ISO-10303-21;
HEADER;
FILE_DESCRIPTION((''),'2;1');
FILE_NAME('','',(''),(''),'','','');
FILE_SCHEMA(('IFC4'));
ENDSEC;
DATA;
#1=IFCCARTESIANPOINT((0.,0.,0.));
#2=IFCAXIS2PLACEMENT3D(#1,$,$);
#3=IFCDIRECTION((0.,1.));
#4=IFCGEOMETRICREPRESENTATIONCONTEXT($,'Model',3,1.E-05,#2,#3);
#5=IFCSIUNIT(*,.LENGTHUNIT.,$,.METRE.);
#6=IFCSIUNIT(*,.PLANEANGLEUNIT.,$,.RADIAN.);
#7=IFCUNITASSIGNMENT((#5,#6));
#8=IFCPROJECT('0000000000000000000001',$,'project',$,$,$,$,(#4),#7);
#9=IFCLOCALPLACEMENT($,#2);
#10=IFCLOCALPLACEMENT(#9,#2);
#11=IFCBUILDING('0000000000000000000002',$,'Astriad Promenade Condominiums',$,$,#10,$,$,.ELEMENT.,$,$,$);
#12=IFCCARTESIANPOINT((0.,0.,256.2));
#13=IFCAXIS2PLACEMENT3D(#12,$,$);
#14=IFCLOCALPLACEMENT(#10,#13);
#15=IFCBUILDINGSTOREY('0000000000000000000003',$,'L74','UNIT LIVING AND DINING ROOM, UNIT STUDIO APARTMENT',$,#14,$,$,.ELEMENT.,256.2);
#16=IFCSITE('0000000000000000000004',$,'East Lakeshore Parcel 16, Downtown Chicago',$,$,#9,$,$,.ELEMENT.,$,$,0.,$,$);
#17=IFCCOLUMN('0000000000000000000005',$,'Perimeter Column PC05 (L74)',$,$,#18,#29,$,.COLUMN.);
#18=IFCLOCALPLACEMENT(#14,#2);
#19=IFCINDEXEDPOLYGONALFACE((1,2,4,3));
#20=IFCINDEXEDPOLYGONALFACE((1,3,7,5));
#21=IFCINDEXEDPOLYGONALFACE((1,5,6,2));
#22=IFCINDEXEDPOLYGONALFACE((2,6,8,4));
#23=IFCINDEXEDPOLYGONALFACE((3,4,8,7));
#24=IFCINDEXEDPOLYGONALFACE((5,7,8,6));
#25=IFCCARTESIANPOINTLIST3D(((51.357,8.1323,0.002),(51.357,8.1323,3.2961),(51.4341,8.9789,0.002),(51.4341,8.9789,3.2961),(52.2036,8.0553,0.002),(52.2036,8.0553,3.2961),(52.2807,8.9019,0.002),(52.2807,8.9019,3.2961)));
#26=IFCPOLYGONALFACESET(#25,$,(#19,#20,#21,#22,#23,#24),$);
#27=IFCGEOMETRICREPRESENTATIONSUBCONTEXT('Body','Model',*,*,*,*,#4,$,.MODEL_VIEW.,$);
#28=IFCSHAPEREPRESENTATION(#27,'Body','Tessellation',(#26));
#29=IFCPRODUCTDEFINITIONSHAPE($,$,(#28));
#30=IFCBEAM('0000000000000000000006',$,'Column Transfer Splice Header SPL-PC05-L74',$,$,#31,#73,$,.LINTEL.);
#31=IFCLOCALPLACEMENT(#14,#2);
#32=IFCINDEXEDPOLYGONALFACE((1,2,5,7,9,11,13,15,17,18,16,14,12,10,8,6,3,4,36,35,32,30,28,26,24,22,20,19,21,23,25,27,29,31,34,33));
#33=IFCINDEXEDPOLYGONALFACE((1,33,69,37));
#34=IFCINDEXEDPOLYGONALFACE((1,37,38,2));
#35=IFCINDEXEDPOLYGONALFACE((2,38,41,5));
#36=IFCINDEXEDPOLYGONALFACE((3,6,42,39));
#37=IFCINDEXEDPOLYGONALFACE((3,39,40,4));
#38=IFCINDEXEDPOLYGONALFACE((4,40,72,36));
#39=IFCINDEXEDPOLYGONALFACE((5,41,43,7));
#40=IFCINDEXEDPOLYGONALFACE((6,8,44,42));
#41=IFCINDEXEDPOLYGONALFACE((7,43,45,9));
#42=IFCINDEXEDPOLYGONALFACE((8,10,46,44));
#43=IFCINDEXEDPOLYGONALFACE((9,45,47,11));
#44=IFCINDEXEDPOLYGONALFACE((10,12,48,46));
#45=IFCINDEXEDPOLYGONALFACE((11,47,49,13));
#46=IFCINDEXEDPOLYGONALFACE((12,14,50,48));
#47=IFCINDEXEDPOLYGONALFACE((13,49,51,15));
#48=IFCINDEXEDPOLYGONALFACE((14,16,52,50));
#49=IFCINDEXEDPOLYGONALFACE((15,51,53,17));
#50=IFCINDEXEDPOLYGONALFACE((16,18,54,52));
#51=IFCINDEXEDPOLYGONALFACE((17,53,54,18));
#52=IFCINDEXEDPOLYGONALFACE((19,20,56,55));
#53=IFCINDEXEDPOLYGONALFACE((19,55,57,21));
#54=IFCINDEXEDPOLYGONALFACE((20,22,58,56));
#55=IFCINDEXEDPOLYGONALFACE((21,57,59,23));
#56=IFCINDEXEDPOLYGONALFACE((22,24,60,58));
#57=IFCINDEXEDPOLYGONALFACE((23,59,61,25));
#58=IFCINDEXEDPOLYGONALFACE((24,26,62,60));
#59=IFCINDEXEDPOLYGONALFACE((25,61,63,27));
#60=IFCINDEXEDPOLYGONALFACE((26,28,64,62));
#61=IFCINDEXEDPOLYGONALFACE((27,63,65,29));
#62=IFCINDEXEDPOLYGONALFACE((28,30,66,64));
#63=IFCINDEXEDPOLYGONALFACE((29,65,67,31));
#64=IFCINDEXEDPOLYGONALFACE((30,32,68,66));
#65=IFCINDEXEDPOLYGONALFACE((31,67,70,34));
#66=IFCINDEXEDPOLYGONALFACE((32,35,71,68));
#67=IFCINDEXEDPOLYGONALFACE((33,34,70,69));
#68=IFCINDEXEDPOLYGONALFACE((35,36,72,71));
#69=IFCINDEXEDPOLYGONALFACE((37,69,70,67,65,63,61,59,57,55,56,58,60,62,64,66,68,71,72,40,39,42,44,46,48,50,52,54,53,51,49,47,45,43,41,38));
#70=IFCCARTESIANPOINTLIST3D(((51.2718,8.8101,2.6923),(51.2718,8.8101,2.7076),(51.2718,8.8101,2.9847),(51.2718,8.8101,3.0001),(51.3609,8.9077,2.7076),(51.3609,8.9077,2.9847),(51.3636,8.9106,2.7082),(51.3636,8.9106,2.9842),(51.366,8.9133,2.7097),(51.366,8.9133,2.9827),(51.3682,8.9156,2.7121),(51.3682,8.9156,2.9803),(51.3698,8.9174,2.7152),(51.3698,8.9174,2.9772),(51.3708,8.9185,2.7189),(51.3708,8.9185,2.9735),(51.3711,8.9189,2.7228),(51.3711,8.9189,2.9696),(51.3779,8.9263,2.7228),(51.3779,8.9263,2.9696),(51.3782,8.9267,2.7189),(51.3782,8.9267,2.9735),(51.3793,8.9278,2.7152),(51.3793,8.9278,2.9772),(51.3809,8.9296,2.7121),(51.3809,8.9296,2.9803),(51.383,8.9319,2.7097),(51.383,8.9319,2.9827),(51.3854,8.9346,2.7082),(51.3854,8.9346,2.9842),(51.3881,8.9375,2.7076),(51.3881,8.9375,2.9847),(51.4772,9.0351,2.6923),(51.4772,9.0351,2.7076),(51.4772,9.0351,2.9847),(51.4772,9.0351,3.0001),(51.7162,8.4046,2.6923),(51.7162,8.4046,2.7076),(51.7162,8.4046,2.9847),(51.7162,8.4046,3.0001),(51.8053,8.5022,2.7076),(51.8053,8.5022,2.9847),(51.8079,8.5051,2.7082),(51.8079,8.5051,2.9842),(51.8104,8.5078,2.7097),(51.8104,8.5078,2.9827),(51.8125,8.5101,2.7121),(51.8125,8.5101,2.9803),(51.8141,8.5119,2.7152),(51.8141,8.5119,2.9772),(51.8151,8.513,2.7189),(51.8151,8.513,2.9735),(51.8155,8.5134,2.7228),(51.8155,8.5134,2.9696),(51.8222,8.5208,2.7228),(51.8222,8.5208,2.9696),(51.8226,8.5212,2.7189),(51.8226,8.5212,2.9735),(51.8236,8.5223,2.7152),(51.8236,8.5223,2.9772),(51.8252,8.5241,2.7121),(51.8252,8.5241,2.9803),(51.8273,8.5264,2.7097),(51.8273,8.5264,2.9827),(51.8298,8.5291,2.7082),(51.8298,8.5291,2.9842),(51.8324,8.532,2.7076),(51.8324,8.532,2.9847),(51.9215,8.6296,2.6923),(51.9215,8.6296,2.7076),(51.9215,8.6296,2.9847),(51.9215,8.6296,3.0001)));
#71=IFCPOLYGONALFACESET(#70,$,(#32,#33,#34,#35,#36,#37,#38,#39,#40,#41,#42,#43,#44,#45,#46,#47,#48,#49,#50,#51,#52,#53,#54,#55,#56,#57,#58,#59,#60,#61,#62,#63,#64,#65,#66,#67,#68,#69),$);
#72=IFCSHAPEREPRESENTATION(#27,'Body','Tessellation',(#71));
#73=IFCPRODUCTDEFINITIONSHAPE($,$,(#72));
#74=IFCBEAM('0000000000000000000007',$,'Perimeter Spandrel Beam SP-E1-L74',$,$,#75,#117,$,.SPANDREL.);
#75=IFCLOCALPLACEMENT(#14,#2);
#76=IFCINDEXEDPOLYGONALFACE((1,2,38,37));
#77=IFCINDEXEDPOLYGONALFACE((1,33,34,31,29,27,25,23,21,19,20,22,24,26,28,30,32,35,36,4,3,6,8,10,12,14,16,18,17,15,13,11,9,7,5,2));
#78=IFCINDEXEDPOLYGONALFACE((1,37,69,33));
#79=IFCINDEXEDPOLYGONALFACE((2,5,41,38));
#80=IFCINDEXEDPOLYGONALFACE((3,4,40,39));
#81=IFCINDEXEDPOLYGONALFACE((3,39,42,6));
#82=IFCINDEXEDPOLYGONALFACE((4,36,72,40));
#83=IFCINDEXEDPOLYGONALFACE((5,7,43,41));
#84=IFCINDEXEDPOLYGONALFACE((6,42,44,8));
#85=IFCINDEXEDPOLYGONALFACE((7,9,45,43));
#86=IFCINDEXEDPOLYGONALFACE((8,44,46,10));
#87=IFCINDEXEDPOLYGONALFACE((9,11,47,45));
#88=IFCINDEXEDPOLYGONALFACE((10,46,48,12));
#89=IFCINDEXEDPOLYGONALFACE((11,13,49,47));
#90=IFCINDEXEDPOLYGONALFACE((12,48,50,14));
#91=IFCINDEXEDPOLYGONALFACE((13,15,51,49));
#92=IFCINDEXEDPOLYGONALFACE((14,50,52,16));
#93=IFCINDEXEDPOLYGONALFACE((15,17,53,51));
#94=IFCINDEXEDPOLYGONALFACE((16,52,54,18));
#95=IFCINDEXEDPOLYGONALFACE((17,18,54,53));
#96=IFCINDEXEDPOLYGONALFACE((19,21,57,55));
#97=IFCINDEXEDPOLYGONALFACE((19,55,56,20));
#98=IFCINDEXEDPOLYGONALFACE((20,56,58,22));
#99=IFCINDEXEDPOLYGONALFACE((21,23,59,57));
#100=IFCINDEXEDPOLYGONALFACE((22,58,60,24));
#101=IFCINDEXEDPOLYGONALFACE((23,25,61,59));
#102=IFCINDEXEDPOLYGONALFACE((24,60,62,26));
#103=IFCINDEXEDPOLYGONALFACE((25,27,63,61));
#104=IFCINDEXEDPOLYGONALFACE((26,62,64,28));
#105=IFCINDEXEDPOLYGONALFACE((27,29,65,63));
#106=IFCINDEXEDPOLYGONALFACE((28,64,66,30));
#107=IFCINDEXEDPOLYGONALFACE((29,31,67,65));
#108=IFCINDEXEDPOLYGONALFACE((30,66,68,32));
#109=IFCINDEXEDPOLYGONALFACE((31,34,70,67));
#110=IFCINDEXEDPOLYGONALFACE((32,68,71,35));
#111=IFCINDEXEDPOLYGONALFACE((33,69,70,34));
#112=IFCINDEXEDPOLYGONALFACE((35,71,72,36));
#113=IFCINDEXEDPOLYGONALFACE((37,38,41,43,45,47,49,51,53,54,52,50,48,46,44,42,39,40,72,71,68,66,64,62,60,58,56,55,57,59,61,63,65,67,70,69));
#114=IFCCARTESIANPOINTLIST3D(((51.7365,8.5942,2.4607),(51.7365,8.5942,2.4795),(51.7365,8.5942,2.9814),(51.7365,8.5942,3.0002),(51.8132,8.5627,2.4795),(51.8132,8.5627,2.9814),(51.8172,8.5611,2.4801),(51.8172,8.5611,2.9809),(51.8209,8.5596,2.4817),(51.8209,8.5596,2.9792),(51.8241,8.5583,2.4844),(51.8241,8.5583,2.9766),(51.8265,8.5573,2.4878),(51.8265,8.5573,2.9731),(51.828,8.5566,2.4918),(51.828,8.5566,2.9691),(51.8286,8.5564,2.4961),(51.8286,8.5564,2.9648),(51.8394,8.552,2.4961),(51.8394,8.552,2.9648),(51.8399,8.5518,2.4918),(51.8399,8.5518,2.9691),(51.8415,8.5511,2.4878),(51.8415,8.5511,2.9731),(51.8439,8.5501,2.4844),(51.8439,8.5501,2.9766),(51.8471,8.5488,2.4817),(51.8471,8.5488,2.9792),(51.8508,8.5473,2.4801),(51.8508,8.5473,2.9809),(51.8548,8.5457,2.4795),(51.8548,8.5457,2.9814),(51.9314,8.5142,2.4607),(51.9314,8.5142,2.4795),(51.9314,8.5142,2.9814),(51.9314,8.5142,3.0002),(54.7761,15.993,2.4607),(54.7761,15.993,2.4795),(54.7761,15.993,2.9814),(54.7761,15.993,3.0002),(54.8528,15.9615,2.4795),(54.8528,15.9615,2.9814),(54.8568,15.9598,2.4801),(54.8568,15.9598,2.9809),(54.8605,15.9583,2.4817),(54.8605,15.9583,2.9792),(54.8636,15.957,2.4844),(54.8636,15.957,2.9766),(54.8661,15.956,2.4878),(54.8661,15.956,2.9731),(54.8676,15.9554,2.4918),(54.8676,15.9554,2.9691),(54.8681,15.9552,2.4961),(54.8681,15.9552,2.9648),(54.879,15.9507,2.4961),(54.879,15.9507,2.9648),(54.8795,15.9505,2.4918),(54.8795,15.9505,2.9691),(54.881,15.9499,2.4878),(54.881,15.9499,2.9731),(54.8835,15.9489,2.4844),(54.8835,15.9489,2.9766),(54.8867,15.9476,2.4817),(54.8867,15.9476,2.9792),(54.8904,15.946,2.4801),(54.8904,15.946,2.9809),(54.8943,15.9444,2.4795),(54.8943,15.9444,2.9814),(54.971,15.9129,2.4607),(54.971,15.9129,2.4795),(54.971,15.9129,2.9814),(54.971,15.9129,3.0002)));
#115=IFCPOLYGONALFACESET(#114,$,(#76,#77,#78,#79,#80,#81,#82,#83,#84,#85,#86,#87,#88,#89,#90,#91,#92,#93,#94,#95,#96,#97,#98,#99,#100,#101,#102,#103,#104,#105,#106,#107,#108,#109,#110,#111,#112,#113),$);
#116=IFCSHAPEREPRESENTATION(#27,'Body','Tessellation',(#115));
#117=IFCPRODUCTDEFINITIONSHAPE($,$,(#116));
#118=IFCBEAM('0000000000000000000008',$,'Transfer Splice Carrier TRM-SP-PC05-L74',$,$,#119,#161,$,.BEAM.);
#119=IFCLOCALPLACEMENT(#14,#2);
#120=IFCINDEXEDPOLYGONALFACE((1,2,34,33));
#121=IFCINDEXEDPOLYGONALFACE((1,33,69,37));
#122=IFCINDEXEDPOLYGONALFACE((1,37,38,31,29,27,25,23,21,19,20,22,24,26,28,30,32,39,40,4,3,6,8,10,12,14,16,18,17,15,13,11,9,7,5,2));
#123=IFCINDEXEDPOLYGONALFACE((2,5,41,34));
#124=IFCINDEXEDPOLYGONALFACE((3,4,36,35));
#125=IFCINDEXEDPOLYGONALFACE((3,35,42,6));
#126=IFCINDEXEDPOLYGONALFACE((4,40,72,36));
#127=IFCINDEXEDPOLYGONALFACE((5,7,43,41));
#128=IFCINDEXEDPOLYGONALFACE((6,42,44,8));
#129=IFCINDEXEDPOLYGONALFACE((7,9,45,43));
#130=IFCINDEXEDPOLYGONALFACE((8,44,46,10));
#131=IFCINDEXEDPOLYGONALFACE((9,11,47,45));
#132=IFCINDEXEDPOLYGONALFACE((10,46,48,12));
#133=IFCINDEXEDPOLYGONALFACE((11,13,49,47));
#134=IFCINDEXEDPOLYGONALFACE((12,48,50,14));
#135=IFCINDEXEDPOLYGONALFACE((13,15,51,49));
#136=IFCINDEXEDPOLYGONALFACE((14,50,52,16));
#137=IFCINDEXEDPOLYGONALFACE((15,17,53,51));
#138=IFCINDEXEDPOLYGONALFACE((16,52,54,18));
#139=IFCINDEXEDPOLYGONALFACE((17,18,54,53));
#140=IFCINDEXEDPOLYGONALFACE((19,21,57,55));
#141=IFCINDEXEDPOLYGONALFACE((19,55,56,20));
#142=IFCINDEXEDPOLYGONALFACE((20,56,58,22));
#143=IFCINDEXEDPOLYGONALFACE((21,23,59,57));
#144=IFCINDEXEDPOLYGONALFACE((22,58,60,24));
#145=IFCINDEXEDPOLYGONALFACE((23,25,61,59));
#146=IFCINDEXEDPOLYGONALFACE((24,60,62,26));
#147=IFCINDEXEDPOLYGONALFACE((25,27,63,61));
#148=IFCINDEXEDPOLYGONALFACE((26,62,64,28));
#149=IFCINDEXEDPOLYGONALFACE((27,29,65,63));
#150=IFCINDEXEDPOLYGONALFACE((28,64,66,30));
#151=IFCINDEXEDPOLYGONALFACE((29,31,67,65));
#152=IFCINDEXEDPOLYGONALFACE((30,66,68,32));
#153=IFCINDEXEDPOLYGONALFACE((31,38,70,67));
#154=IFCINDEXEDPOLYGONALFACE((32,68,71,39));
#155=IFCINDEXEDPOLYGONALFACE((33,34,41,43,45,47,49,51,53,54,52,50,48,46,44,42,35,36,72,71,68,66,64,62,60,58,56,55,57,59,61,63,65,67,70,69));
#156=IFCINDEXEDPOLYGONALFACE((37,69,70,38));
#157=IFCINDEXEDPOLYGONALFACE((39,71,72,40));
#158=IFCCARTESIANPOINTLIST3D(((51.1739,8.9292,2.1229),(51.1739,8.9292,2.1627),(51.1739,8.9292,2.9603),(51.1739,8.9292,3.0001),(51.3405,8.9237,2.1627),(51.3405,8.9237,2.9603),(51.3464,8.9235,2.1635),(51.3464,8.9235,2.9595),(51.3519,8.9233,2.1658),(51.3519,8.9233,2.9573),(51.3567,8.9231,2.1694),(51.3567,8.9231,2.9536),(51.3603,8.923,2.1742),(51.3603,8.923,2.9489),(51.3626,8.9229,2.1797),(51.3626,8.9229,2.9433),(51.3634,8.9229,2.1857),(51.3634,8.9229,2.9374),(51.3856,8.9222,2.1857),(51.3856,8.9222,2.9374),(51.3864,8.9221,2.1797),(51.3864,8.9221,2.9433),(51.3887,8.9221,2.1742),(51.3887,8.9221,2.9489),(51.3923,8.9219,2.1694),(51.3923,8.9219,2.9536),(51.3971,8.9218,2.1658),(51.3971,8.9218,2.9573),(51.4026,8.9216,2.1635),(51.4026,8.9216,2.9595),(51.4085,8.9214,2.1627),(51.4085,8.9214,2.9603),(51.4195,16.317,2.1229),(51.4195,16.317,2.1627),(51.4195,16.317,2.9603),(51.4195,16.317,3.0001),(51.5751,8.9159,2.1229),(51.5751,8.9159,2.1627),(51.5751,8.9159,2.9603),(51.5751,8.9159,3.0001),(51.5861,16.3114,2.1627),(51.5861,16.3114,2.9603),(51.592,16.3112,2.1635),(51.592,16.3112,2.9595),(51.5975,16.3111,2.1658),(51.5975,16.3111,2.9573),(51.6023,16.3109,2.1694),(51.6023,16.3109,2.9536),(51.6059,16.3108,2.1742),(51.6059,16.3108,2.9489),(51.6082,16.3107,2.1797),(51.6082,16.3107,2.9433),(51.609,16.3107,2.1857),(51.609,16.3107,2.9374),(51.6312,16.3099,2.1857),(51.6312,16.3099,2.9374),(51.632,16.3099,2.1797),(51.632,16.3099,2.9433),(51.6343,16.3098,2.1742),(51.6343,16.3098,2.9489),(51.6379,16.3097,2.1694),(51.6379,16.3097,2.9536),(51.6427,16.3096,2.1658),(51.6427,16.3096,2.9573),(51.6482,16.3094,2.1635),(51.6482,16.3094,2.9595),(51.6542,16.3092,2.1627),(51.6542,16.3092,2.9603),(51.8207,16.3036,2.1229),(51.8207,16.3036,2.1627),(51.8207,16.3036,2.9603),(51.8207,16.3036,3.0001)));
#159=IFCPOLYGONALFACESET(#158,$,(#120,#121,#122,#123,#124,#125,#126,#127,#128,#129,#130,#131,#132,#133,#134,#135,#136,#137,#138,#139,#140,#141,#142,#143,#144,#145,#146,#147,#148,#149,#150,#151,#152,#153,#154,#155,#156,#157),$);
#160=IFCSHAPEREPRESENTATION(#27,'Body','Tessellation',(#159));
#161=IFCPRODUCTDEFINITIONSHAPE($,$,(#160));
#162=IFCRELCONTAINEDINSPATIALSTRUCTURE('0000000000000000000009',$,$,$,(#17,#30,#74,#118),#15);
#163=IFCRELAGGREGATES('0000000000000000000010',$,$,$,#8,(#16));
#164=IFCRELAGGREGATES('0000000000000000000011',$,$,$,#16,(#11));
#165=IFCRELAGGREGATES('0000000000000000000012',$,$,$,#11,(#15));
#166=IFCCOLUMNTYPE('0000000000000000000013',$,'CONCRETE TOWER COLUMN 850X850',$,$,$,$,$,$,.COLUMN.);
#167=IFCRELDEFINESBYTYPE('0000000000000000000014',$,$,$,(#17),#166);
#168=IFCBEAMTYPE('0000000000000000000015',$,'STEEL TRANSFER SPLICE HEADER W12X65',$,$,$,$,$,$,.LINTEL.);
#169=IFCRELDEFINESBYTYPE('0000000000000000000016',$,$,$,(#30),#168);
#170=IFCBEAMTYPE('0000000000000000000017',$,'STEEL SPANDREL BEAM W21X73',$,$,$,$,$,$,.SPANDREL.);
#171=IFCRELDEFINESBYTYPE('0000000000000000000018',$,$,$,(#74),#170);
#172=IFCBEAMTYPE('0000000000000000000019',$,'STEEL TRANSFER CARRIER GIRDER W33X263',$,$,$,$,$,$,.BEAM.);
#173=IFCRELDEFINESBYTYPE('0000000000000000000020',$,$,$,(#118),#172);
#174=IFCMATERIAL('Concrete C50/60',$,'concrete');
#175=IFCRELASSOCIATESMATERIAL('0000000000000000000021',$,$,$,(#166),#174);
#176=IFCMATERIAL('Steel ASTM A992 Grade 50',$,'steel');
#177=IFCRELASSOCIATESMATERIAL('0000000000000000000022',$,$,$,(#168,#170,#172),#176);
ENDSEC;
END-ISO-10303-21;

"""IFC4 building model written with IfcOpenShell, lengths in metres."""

from ifc_helpers import new_model, si_unit, direction, frame, origin, origin_2d, place, context, subcontext, project, spatial, rectangle, i_section, extrude, source, transform, mapped, material, material_profile, profile_set, type_object, type_shapes, element, save


model = new_model("IFC4")

# Units and contexts
model_context = context("Model", 3, precision=1e-05, world=origin(), true_north=direction((0.0, 1.0)))
body_context = subcontext(model_context, "Body", "Model", "MODEL_VIEW")
ifc_project = project(units=[si_unit("LENGTHUNIT", "METRE"), si_unit("PLANEANGLEUNIT", "RADIAN")], contexts=[model_context])

# Site, building, storey
site_placement = place(None, origin())
site = spatial("IfcSite", under=ifc_project, at=site_placement, Name="East Lakeshore Parcel 16, Downtown Chicago", CompositionType="ELEMENT", RefElevation=0.0)
building_placement = place(site_placement, origin())
building = spatial("IfcBuilding", under=site, at=building_placement, Name="Astriad Promenade Condominiums", CompositionType="ELEMENT")
storey_placement = place(building_placement, frame((0.0, 0.0, 256.2)))
storey = spatial("IfcBuildingStorey", under=building, at=storey_placement, Name="L74", Description="UNIT LIVING AND DINING ROOM, UNIT STUDIO APARTMENT", CompositionType="ELEMENT", Elevation=256.2)

# Column
ifc_material_1 = material(Name="Concrete C50/60", Category="concrete")
ifc_material_profile_1 = material_profile(ifc_material_1, rectangle(XDim=0.8501, YDim=0.8501, at=origin_2d()), Name="RC-COL-850X850")
ifc_profile_set_1 = profile_set([ifc_material_profile_1], Name="Concrete C50/60")
column_type = type_object("IfcColumnType", Name="CONCRETE TOWER COLUMN 850X850", PredefinedType="COLUMN", material=ifc_profile_set_1)
shared_shape_1 = source(origin(), body_context, "Body", "SweptSolid", [
    extrude(rectangle(XDim=0.8501, YDim=0.8501, at=origin_2d()), origin(), (0.0, 0.0, 1.0), 3.2942),
])
type_shapes(column_type, [shared_shape_1])
column_placement = place(storey_placement, frame((51.8188, 8.5171, 0.002), z_axis=(0.0, 0.0, 1.0), x_axis=(0.995884, -0.090633, 0.0)))
element("IfcColumn", 1, at=column_placement, inside=storey, type_object=column_type, Name="Perimeter Column PC05 (L74)", PredefinedType="COLUMN", context=body_context, shape_type="MappedRepresentation", body=[
    mapped(shared_shape_1, transform((0.0, 0.0, 0.0), scale=1.0)),
])

# Beams
ifc_material_2 = material(Name="Steel ASTM A992 Grade 50", Category="steel")
ifc_material_profile_2 = material_profile(ifc_material_2, i_section(OverallWidth=0.3047, OverallDepth=0.3079, WebThickness=0.01, FlangeThickness=0.0154, FilletRadius=0.0151, at=origin_2d()), Name="W12X65")
ifc_profile_set_2 = profile_set([ifc_material_profile_2], Name="Steel ASTM A992 Grade 50")
beam_type_1 = type_object("IfcBeamType", Name="STEEL TRANSFER SPLICE HEADER W12X65", PredefinedType="LINTEL", material=ifc_profile_set_2)
shared_shape_2 = source(origin(), body_context, "Body", "SweptSolid", [
    extrude(i_section(OverallWidth=0.3047, OverallDepth=0.3079, WebThickness=0.01, FlangeThickness=0.0154, FilletRadius=0.0151, at=origin_2d()), origin(), (0.0, 0.0, 1.0), 0.6016),
])
type_shapes(beam_type_1, [shared_shape_2])
beam_1_placement = place(storey_placement, frame((51.8188, 8.5171, 2.8462), z_axis=(-0.738635, 0.674106, 0.0), x_axis=(-0.674106, -0.738635, 0.0)))
element("IfcBeam", 2, at=beam_1_placement, inside=storey, type_object=beam_type_1, Name="Column Transfer Splice Header SPL-PC05-L74", PredefinedType="LINTEL", context=body_context, shape_type="MappedRepresentation", body=[
    mapped(shared_shape_2, transform((0.0, 0.0, 0.0), scale=1.0)),
])
ifc_material_profile_3 = material_profile(ifc_material_2, i_section(OverallWidth=0.2107, OverallDepth=0.5396, WebThickness=0.0117, FlangeThickness=0.0188, FilletRadius=0.0166, at=origin_2d()), Name="W21X73")
ifc_profile_set_3 = profile_set([ifc_material_profile_3], Name="Steel ASTM A992 Grade 50")
beam_type_2 = type_object("IfcBeamType", Name="STEEL SPANDREL BEAM W21X73", PredefinedType="SPANDREL", material=ifc_profile_set_3)
shared_shape_3 = source(origin(), body_context, "Body", "SweptSolid", [
    extrude(i_section(OverallWidth=0.2107, OverallDepth=0.5396, WebThickness=0.0117, FlangeThickness=0.0188, FilletRadius=0.0166, at=origin_2d()), origin(), (0.0, 0.0, 1.0), 7.9988),
])
type_shapes(beam_type_2, [shared_shape_3])
beam_2_placement = place(storey_placement, frame((51.834, 8.5542, 2.7305), z_axis=(0.380005, 0.924984, 0.0), x_axis=(-0.924984, 0.380005, 0.0)))
element("IfcBeam", 3, at=beam_2_placement, inside=storey, type_object=beam_type_2, Name="Perimeter Spandrel Beam SP-E1-L74", PredefinedType="SPANDREL", context=body_context, shape_type="MappedRepresentation", body=[
    mapped(shared_shape_3, transform((0.0, 0.0, 0.0), scale=1.0)),
])
ifc_material_profile_4 = material_profile(ifc_material_2, i_section(OverallWidth=0.4014, OverallDepth=0.8772, WebThickness=0.0222, FlangeThickness=0.0398, FilletRadius=0.0229, at=origin_2d()), Name="W33X263")
ifc_profile_set_4 = profile_set([ifc_material_profile_4], Name="Steel ASTM A992 Grade 50")
beam_type_3 = type_object("IfcBeamType", Name="STEEL TRANSFER CARRIER GIRDER W33X263", PredefinedType="BEAM", material=ifc_profile_set_4)
shared_shape_4 = source(origin(), body_context, "Body", "SweptSolid", [
    extrude(i_section(OverallWidth=0.4014, OverallDepth=0.8772, WebThickness=0.0222, FlangeThickness=0.0398, FilletRadius=0.0229, at=origin_2d()), origin(), (0.0, 0.0, 1.0), 7.3918),
])
beam_3_placement = place(storey_placement, frame((51.6201, 16.3103, 2.5615), z_axis=(-0.033227, -0.999448, 0.0), x_axis=(0.999448, -0.033227, 0.0)))
element("IfcBeam", 4, at=beam_3_placement, inside=storey, type_object=beam_type_3, Name="Transfer Splice Carrier TRM-SP-PC05-L74", PredefinedType="BEAM", context=body_context, shape_type="MappedRepresentation", body=[
    mapped(shared_shape_4, transform((0.0, 0.0, 0.0), scale=1.0)),
])

save(model, "model.ifc")
